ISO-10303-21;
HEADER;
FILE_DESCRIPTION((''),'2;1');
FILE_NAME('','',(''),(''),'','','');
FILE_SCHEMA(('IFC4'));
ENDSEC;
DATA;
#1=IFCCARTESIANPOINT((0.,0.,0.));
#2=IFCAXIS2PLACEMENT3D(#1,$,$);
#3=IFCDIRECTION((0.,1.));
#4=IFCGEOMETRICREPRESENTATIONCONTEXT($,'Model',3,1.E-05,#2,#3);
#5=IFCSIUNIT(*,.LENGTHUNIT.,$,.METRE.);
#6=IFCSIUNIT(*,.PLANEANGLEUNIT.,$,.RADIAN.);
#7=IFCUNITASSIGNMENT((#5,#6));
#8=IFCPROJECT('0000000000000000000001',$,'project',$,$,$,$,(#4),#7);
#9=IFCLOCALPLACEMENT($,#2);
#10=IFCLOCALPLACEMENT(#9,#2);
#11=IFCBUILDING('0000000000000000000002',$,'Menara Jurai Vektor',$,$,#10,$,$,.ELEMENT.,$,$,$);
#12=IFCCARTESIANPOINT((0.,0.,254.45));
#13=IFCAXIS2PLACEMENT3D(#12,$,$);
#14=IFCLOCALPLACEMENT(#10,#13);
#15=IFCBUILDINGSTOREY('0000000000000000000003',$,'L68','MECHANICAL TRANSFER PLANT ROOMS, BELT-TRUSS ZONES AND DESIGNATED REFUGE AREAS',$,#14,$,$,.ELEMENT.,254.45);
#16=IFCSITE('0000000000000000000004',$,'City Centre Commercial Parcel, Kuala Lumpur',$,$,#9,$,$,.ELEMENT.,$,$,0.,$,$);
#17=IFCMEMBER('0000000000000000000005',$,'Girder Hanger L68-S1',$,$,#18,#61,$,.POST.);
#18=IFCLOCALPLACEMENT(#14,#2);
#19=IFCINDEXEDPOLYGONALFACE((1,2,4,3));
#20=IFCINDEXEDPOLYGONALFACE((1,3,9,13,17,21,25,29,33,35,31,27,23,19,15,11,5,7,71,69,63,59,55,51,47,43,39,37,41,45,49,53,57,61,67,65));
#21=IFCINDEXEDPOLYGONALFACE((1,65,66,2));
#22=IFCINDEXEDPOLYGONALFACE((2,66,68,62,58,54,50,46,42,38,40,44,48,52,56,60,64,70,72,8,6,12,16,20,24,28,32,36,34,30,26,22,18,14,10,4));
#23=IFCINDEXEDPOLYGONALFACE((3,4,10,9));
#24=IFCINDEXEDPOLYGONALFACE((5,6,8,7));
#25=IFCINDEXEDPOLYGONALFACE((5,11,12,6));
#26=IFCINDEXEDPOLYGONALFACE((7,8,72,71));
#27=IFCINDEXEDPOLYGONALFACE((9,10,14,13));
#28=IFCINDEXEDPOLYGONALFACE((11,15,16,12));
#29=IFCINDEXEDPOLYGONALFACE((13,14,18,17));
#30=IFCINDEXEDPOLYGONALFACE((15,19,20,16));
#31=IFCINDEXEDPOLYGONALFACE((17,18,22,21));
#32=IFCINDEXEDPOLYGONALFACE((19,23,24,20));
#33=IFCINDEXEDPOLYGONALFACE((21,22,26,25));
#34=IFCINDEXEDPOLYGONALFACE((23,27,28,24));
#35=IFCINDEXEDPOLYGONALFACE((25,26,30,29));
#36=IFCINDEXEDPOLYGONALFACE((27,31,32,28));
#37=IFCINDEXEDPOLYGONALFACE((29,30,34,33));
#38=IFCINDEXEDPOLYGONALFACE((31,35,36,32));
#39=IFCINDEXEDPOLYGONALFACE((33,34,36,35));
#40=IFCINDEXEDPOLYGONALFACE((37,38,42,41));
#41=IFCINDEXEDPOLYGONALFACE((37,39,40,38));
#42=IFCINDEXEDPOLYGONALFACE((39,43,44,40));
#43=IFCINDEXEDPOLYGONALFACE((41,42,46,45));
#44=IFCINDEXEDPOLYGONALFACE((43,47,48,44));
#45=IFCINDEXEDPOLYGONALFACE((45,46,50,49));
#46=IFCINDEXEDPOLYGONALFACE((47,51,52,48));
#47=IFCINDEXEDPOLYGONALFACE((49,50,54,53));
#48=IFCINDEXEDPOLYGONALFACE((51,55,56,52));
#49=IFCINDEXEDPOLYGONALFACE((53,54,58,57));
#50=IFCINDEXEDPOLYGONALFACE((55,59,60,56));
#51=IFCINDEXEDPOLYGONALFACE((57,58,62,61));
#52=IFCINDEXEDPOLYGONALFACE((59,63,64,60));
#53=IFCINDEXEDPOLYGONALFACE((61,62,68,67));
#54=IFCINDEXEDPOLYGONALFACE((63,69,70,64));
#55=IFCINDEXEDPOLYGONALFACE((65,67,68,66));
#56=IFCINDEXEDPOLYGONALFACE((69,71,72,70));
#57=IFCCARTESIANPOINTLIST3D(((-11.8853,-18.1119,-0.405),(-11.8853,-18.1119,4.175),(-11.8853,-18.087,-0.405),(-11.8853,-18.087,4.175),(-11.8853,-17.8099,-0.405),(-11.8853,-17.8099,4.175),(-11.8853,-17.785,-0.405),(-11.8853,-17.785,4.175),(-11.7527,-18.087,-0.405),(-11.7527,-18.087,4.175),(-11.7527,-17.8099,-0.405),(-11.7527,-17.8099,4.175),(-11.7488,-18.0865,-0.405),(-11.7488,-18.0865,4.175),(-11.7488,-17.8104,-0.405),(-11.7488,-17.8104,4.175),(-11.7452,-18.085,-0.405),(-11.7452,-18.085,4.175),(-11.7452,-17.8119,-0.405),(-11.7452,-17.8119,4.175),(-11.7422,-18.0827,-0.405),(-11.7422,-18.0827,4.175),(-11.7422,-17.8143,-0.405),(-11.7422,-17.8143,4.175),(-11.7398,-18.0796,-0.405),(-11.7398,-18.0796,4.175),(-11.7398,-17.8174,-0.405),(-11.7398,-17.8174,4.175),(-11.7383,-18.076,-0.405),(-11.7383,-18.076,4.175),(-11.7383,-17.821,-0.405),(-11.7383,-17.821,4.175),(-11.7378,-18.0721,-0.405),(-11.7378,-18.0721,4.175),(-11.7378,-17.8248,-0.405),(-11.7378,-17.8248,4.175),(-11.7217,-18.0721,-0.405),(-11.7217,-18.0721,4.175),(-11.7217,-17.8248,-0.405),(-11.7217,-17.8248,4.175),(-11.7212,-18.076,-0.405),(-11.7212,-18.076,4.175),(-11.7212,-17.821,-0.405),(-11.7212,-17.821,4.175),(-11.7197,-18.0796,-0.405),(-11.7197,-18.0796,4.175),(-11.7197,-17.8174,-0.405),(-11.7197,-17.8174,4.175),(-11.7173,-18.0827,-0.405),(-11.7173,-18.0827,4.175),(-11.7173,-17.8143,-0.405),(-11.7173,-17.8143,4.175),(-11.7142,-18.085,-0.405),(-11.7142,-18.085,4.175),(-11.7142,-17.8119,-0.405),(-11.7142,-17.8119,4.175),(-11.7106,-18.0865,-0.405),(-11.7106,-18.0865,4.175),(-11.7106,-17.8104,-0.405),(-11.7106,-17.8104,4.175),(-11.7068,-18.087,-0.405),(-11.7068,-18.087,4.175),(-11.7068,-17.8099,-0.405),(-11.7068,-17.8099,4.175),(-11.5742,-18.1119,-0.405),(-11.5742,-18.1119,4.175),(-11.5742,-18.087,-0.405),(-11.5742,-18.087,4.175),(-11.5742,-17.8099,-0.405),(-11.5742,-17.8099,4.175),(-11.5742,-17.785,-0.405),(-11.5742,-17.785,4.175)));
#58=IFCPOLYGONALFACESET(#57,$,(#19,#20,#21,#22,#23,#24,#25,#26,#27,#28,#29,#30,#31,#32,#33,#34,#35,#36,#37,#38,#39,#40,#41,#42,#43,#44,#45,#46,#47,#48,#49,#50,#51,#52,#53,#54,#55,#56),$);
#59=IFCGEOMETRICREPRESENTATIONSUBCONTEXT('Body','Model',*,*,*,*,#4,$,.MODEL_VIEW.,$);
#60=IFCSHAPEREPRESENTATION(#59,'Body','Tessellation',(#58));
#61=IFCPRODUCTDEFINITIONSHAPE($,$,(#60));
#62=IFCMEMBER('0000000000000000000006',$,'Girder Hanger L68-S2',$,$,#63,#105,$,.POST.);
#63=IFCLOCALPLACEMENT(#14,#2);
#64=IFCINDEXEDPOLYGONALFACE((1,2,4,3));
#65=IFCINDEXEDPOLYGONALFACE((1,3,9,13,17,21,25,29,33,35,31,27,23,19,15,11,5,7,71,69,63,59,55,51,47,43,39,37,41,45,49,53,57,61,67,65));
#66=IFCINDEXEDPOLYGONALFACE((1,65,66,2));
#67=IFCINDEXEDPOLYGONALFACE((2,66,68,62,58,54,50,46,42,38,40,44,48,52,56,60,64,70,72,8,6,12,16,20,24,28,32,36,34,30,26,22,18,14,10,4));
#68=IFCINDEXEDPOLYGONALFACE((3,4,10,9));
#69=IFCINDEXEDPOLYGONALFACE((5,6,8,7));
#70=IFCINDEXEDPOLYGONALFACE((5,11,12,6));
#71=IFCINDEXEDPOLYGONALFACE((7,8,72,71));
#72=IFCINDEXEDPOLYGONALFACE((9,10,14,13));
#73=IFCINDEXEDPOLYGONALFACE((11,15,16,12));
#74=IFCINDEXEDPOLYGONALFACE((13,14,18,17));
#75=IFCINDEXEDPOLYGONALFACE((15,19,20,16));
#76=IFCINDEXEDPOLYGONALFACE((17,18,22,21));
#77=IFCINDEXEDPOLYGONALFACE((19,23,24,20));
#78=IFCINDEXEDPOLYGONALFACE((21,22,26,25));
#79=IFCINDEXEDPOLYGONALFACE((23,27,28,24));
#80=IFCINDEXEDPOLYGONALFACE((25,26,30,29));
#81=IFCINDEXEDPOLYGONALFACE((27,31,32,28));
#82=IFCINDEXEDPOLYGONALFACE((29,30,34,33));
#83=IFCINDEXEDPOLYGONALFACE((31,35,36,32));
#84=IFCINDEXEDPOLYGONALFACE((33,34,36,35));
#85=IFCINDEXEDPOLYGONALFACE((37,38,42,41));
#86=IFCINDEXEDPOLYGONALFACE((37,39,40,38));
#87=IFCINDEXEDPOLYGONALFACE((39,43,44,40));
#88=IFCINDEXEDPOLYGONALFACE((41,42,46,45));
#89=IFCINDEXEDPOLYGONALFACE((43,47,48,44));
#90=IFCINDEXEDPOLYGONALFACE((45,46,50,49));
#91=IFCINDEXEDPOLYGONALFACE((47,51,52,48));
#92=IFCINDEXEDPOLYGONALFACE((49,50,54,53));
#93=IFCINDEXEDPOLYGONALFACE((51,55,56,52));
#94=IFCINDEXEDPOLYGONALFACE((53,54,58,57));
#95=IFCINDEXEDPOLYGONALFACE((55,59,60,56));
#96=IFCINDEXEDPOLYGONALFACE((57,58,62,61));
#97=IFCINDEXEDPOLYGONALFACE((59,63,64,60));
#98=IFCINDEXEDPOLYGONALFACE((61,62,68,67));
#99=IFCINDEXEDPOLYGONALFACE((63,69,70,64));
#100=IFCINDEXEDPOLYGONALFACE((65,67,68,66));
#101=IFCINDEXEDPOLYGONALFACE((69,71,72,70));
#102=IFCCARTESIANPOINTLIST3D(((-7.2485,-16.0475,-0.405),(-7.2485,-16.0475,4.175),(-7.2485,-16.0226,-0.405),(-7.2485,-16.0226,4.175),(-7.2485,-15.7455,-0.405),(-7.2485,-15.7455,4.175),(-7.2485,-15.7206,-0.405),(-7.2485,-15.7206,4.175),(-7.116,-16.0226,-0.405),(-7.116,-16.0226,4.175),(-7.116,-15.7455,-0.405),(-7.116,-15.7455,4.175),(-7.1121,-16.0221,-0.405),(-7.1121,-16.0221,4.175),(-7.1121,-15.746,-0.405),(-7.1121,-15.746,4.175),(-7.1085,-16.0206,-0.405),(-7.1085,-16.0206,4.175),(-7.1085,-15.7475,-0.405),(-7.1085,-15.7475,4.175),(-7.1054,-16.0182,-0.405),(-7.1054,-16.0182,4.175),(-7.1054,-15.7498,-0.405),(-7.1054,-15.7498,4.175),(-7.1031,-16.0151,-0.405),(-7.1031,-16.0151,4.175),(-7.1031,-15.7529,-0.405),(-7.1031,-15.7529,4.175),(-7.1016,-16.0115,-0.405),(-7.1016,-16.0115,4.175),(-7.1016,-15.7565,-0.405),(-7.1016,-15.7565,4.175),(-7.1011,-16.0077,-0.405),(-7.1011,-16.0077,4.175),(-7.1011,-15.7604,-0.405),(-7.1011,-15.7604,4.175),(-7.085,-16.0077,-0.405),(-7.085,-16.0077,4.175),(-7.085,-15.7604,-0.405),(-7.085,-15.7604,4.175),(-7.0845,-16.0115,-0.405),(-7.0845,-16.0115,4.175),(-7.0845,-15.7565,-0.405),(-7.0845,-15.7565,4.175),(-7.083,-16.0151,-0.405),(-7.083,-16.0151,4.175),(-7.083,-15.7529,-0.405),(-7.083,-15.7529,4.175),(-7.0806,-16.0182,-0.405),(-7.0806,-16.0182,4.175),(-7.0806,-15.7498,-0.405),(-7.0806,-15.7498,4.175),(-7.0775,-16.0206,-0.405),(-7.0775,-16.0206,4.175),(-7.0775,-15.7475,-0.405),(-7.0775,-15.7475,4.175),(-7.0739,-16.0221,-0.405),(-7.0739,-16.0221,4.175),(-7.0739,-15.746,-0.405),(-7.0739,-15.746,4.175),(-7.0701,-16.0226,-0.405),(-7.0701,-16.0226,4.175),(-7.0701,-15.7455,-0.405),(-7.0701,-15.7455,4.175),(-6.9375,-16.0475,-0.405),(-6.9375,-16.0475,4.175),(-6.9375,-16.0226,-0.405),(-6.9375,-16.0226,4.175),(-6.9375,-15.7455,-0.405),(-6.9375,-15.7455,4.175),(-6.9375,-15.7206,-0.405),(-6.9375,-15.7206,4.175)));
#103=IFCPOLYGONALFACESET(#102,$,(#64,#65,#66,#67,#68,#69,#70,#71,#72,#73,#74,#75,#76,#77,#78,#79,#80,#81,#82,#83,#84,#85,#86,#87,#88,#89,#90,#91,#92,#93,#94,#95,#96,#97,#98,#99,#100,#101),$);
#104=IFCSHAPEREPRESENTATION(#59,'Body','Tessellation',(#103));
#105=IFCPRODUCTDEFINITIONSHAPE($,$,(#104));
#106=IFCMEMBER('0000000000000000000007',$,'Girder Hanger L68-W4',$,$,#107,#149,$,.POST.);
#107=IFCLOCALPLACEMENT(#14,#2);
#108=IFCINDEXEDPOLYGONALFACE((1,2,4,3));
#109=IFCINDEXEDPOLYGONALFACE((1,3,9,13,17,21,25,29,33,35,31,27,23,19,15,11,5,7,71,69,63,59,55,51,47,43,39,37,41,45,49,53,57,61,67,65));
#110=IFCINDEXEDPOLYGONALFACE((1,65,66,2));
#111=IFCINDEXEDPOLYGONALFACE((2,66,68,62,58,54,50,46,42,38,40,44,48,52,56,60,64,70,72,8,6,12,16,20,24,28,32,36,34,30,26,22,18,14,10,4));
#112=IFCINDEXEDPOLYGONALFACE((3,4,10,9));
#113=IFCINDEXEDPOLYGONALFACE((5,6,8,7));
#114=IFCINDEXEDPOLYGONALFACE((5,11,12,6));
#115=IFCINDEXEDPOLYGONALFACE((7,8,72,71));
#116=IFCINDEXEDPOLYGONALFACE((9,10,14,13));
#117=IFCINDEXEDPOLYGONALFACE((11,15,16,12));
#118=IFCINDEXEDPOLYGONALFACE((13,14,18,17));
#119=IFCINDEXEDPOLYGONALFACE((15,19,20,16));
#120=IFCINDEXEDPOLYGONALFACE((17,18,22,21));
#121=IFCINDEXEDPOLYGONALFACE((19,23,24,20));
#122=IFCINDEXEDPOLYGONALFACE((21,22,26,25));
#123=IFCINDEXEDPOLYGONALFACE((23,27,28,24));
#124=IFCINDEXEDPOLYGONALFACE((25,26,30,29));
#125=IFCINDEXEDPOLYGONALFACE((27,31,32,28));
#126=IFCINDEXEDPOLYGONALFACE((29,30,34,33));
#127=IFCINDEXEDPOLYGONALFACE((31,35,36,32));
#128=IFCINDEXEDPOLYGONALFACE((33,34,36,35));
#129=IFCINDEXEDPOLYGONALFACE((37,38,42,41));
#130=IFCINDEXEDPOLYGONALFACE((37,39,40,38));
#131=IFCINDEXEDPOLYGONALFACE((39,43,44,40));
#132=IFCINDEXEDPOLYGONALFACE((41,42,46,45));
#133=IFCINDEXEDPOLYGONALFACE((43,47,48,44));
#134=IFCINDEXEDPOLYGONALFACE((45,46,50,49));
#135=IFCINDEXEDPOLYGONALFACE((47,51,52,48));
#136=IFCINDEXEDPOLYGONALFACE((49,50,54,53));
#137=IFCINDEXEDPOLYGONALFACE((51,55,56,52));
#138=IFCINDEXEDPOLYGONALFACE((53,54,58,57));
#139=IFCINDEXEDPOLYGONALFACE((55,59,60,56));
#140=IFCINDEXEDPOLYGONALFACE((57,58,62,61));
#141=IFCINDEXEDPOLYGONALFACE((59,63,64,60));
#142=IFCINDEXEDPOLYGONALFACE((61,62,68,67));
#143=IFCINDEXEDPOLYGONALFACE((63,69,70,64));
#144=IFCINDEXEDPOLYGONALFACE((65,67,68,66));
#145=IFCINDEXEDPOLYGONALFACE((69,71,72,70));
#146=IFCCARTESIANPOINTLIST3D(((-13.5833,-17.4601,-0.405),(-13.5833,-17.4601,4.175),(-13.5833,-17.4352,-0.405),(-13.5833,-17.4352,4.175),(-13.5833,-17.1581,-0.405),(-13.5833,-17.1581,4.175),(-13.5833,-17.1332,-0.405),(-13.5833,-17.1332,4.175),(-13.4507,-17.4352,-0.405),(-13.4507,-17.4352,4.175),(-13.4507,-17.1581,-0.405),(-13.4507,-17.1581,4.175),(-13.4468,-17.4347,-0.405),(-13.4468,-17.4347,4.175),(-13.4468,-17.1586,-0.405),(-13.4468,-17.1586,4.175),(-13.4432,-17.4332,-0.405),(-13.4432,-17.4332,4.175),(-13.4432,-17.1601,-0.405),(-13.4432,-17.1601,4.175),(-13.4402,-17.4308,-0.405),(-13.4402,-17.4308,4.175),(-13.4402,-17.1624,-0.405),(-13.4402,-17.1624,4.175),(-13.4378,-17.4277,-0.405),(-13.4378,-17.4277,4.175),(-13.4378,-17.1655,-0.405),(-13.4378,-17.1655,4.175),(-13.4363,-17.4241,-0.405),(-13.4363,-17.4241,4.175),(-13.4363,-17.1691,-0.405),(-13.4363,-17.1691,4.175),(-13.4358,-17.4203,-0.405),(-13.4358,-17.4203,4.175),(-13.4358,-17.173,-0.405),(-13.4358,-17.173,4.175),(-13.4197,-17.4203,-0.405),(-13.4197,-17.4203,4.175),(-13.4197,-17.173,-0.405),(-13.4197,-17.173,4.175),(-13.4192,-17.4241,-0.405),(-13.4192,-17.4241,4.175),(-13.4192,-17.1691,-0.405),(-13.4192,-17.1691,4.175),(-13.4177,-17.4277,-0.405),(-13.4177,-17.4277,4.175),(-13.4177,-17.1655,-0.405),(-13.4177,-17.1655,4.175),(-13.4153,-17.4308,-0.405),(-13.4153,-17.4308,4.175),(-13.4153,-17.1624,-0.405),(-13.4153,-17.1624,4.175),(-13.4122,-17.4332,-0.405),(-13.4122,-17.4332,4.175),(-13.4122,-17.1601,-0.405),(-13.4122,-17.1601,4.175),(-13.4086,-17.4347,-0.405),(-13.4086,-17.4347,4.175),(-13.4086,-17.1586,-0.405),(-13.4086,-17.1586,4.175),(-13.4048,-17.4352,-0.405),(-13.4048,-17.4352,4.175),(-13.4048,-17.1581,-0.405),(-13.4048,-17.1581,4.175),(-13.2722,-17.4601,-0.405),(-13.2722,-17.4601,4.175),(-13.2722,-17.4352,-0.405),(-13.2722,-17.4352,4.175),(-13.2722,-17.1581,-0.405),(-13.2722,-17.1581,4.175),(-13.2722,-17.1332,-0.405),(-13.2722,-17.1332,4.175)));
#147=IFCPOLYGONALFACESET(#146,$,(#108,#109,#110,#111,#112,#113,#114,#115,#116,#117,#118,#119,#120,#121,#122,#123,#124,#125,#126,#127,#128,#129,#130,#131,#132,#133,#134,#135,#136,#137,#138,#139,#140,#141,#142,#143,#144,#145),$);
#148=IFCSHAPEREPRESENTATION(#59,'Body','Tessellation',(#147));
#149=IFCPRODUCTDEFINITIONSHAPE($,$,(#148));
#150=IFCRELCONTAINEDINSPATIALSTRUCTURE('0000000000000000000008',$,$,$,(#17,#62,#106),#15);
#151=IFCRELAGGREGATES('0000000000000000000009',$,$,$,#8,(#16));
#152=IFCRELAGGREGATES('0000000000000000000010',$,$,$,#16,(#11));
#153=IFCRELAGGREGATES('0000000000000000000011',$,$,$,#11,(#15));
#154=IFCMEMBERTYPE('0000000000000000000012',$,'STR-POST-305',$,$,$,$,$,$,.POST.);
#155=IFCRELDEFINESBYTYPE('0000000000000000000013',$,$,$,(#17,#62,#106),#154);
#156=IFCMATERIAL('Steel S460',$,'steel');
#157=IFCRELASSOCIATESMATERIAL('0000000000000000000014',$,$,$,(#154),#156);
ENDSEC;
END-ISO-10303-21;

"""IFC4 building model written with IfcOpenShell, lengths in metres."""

from ifc_helpers import new_model, si_unit, direction, frame, origin, origin_2d, place, context, subcontext, project, spatial, i_section, extrude, material, material_profile, profile_set, type_object, element, save


model = new_model("IFC4")

# Units and contexts
model_context = context("Model", 3, precision=1e-05, world=origin(), true_north=direction((0.0, 1.0)))
body_context = subcontext(model_context, "Body", "Model", "MODEL_VIEW")
ifc_project = project(units=[si_unit("LENGTHUNIT", "METRE"), si_unit("PLANEANGLEUNIT", "RADIAN")], contexts=[model_context])

# Site, building, storey
site_placement = place(None, origin())
site = spatial("IfcSite", under=ifc_project, at=site_placement, Name="City Centre Commercial Parcel, Kuala Lumpur", CompositionType="ELEMENT", RefElevation=0.0)
building_placement = place(site_placement, origin())
building = spatial("IfcBuilding", under=site, at=building_placement, Name="Menara Jurai Vektor", CompositionType="ELEMENT")
storey_placement = place(building_placement, frame((0.0, 0.0, 254.45)))
storey = spatial("IfcBuildingStorey", under=building, at=storey_placement, Name="L68", Description="MECHANICAL TRANSFER PLANT ROOMS, BELT-TRUSS ZONES AND DESIGNATED REFUGE AREAS", CompositionType="ELEMENT", Elevation=254.45)

# Shared definitions
ifc_material_1 = material(Name="Steel S460", Category="steel")

# Members
ifc_material_profile_1 = material_profile(ifc_material_1, i_section(OverallWidth=0.311, OverallDepth=0.3269, WebThickness=0.0161, FlangeThickness=0.0249, FilletRadius=0.0149, at=origin_2d()), Name="UKC 305x305x158")
ifc_profile_set_1 = profile_set([ifc_material_profile_1], Name="Steel S460")
member_type_1 = type_object("IfcMemberType", Name="STR-POST-305", PredefinedType="POST", material=ifc_profile_set_1)
for number, where, z_axis, x_axis, name in (
    (1, (-11.7297, -17.9485, -0.405), (0.0, 0.0, 1.0), (1.0, 0.0, 0.0), "Girder Hanger L68-S1"),
    (2, (-7.093, -15.884, -0.405), (0.0, 0.0, 1.0), (1.0, 0.0, 0.0), "Girder Hanger L68-S2"),
    (3, (-13.4277, -17.2966, -0.405), (0.0, 0.0, 1.0), (1.0, 0.0, 0.0), "Girder Hanger L68-W4"),
):
    element("IfcMember", number, at=place(storey_placement, frame(where, z_axis=z_axis, x_axis=x_axis)), inside=storey, type_object=member_type_1, Name=name, PredefinedType="POST", context=body_context, shape_type="SweptSolid", body=[
        extrude(i_section(OverallWidth=0.311, OverallDepth=0.3269, WebThickness=0.0161, FlangeThickness=0.0249, FilletRadius=0.0149, at=origin_2d()), origin(), (0.0, 0.0, 1.0), 4.5801),
    ])

save(model, "model.ifc")
